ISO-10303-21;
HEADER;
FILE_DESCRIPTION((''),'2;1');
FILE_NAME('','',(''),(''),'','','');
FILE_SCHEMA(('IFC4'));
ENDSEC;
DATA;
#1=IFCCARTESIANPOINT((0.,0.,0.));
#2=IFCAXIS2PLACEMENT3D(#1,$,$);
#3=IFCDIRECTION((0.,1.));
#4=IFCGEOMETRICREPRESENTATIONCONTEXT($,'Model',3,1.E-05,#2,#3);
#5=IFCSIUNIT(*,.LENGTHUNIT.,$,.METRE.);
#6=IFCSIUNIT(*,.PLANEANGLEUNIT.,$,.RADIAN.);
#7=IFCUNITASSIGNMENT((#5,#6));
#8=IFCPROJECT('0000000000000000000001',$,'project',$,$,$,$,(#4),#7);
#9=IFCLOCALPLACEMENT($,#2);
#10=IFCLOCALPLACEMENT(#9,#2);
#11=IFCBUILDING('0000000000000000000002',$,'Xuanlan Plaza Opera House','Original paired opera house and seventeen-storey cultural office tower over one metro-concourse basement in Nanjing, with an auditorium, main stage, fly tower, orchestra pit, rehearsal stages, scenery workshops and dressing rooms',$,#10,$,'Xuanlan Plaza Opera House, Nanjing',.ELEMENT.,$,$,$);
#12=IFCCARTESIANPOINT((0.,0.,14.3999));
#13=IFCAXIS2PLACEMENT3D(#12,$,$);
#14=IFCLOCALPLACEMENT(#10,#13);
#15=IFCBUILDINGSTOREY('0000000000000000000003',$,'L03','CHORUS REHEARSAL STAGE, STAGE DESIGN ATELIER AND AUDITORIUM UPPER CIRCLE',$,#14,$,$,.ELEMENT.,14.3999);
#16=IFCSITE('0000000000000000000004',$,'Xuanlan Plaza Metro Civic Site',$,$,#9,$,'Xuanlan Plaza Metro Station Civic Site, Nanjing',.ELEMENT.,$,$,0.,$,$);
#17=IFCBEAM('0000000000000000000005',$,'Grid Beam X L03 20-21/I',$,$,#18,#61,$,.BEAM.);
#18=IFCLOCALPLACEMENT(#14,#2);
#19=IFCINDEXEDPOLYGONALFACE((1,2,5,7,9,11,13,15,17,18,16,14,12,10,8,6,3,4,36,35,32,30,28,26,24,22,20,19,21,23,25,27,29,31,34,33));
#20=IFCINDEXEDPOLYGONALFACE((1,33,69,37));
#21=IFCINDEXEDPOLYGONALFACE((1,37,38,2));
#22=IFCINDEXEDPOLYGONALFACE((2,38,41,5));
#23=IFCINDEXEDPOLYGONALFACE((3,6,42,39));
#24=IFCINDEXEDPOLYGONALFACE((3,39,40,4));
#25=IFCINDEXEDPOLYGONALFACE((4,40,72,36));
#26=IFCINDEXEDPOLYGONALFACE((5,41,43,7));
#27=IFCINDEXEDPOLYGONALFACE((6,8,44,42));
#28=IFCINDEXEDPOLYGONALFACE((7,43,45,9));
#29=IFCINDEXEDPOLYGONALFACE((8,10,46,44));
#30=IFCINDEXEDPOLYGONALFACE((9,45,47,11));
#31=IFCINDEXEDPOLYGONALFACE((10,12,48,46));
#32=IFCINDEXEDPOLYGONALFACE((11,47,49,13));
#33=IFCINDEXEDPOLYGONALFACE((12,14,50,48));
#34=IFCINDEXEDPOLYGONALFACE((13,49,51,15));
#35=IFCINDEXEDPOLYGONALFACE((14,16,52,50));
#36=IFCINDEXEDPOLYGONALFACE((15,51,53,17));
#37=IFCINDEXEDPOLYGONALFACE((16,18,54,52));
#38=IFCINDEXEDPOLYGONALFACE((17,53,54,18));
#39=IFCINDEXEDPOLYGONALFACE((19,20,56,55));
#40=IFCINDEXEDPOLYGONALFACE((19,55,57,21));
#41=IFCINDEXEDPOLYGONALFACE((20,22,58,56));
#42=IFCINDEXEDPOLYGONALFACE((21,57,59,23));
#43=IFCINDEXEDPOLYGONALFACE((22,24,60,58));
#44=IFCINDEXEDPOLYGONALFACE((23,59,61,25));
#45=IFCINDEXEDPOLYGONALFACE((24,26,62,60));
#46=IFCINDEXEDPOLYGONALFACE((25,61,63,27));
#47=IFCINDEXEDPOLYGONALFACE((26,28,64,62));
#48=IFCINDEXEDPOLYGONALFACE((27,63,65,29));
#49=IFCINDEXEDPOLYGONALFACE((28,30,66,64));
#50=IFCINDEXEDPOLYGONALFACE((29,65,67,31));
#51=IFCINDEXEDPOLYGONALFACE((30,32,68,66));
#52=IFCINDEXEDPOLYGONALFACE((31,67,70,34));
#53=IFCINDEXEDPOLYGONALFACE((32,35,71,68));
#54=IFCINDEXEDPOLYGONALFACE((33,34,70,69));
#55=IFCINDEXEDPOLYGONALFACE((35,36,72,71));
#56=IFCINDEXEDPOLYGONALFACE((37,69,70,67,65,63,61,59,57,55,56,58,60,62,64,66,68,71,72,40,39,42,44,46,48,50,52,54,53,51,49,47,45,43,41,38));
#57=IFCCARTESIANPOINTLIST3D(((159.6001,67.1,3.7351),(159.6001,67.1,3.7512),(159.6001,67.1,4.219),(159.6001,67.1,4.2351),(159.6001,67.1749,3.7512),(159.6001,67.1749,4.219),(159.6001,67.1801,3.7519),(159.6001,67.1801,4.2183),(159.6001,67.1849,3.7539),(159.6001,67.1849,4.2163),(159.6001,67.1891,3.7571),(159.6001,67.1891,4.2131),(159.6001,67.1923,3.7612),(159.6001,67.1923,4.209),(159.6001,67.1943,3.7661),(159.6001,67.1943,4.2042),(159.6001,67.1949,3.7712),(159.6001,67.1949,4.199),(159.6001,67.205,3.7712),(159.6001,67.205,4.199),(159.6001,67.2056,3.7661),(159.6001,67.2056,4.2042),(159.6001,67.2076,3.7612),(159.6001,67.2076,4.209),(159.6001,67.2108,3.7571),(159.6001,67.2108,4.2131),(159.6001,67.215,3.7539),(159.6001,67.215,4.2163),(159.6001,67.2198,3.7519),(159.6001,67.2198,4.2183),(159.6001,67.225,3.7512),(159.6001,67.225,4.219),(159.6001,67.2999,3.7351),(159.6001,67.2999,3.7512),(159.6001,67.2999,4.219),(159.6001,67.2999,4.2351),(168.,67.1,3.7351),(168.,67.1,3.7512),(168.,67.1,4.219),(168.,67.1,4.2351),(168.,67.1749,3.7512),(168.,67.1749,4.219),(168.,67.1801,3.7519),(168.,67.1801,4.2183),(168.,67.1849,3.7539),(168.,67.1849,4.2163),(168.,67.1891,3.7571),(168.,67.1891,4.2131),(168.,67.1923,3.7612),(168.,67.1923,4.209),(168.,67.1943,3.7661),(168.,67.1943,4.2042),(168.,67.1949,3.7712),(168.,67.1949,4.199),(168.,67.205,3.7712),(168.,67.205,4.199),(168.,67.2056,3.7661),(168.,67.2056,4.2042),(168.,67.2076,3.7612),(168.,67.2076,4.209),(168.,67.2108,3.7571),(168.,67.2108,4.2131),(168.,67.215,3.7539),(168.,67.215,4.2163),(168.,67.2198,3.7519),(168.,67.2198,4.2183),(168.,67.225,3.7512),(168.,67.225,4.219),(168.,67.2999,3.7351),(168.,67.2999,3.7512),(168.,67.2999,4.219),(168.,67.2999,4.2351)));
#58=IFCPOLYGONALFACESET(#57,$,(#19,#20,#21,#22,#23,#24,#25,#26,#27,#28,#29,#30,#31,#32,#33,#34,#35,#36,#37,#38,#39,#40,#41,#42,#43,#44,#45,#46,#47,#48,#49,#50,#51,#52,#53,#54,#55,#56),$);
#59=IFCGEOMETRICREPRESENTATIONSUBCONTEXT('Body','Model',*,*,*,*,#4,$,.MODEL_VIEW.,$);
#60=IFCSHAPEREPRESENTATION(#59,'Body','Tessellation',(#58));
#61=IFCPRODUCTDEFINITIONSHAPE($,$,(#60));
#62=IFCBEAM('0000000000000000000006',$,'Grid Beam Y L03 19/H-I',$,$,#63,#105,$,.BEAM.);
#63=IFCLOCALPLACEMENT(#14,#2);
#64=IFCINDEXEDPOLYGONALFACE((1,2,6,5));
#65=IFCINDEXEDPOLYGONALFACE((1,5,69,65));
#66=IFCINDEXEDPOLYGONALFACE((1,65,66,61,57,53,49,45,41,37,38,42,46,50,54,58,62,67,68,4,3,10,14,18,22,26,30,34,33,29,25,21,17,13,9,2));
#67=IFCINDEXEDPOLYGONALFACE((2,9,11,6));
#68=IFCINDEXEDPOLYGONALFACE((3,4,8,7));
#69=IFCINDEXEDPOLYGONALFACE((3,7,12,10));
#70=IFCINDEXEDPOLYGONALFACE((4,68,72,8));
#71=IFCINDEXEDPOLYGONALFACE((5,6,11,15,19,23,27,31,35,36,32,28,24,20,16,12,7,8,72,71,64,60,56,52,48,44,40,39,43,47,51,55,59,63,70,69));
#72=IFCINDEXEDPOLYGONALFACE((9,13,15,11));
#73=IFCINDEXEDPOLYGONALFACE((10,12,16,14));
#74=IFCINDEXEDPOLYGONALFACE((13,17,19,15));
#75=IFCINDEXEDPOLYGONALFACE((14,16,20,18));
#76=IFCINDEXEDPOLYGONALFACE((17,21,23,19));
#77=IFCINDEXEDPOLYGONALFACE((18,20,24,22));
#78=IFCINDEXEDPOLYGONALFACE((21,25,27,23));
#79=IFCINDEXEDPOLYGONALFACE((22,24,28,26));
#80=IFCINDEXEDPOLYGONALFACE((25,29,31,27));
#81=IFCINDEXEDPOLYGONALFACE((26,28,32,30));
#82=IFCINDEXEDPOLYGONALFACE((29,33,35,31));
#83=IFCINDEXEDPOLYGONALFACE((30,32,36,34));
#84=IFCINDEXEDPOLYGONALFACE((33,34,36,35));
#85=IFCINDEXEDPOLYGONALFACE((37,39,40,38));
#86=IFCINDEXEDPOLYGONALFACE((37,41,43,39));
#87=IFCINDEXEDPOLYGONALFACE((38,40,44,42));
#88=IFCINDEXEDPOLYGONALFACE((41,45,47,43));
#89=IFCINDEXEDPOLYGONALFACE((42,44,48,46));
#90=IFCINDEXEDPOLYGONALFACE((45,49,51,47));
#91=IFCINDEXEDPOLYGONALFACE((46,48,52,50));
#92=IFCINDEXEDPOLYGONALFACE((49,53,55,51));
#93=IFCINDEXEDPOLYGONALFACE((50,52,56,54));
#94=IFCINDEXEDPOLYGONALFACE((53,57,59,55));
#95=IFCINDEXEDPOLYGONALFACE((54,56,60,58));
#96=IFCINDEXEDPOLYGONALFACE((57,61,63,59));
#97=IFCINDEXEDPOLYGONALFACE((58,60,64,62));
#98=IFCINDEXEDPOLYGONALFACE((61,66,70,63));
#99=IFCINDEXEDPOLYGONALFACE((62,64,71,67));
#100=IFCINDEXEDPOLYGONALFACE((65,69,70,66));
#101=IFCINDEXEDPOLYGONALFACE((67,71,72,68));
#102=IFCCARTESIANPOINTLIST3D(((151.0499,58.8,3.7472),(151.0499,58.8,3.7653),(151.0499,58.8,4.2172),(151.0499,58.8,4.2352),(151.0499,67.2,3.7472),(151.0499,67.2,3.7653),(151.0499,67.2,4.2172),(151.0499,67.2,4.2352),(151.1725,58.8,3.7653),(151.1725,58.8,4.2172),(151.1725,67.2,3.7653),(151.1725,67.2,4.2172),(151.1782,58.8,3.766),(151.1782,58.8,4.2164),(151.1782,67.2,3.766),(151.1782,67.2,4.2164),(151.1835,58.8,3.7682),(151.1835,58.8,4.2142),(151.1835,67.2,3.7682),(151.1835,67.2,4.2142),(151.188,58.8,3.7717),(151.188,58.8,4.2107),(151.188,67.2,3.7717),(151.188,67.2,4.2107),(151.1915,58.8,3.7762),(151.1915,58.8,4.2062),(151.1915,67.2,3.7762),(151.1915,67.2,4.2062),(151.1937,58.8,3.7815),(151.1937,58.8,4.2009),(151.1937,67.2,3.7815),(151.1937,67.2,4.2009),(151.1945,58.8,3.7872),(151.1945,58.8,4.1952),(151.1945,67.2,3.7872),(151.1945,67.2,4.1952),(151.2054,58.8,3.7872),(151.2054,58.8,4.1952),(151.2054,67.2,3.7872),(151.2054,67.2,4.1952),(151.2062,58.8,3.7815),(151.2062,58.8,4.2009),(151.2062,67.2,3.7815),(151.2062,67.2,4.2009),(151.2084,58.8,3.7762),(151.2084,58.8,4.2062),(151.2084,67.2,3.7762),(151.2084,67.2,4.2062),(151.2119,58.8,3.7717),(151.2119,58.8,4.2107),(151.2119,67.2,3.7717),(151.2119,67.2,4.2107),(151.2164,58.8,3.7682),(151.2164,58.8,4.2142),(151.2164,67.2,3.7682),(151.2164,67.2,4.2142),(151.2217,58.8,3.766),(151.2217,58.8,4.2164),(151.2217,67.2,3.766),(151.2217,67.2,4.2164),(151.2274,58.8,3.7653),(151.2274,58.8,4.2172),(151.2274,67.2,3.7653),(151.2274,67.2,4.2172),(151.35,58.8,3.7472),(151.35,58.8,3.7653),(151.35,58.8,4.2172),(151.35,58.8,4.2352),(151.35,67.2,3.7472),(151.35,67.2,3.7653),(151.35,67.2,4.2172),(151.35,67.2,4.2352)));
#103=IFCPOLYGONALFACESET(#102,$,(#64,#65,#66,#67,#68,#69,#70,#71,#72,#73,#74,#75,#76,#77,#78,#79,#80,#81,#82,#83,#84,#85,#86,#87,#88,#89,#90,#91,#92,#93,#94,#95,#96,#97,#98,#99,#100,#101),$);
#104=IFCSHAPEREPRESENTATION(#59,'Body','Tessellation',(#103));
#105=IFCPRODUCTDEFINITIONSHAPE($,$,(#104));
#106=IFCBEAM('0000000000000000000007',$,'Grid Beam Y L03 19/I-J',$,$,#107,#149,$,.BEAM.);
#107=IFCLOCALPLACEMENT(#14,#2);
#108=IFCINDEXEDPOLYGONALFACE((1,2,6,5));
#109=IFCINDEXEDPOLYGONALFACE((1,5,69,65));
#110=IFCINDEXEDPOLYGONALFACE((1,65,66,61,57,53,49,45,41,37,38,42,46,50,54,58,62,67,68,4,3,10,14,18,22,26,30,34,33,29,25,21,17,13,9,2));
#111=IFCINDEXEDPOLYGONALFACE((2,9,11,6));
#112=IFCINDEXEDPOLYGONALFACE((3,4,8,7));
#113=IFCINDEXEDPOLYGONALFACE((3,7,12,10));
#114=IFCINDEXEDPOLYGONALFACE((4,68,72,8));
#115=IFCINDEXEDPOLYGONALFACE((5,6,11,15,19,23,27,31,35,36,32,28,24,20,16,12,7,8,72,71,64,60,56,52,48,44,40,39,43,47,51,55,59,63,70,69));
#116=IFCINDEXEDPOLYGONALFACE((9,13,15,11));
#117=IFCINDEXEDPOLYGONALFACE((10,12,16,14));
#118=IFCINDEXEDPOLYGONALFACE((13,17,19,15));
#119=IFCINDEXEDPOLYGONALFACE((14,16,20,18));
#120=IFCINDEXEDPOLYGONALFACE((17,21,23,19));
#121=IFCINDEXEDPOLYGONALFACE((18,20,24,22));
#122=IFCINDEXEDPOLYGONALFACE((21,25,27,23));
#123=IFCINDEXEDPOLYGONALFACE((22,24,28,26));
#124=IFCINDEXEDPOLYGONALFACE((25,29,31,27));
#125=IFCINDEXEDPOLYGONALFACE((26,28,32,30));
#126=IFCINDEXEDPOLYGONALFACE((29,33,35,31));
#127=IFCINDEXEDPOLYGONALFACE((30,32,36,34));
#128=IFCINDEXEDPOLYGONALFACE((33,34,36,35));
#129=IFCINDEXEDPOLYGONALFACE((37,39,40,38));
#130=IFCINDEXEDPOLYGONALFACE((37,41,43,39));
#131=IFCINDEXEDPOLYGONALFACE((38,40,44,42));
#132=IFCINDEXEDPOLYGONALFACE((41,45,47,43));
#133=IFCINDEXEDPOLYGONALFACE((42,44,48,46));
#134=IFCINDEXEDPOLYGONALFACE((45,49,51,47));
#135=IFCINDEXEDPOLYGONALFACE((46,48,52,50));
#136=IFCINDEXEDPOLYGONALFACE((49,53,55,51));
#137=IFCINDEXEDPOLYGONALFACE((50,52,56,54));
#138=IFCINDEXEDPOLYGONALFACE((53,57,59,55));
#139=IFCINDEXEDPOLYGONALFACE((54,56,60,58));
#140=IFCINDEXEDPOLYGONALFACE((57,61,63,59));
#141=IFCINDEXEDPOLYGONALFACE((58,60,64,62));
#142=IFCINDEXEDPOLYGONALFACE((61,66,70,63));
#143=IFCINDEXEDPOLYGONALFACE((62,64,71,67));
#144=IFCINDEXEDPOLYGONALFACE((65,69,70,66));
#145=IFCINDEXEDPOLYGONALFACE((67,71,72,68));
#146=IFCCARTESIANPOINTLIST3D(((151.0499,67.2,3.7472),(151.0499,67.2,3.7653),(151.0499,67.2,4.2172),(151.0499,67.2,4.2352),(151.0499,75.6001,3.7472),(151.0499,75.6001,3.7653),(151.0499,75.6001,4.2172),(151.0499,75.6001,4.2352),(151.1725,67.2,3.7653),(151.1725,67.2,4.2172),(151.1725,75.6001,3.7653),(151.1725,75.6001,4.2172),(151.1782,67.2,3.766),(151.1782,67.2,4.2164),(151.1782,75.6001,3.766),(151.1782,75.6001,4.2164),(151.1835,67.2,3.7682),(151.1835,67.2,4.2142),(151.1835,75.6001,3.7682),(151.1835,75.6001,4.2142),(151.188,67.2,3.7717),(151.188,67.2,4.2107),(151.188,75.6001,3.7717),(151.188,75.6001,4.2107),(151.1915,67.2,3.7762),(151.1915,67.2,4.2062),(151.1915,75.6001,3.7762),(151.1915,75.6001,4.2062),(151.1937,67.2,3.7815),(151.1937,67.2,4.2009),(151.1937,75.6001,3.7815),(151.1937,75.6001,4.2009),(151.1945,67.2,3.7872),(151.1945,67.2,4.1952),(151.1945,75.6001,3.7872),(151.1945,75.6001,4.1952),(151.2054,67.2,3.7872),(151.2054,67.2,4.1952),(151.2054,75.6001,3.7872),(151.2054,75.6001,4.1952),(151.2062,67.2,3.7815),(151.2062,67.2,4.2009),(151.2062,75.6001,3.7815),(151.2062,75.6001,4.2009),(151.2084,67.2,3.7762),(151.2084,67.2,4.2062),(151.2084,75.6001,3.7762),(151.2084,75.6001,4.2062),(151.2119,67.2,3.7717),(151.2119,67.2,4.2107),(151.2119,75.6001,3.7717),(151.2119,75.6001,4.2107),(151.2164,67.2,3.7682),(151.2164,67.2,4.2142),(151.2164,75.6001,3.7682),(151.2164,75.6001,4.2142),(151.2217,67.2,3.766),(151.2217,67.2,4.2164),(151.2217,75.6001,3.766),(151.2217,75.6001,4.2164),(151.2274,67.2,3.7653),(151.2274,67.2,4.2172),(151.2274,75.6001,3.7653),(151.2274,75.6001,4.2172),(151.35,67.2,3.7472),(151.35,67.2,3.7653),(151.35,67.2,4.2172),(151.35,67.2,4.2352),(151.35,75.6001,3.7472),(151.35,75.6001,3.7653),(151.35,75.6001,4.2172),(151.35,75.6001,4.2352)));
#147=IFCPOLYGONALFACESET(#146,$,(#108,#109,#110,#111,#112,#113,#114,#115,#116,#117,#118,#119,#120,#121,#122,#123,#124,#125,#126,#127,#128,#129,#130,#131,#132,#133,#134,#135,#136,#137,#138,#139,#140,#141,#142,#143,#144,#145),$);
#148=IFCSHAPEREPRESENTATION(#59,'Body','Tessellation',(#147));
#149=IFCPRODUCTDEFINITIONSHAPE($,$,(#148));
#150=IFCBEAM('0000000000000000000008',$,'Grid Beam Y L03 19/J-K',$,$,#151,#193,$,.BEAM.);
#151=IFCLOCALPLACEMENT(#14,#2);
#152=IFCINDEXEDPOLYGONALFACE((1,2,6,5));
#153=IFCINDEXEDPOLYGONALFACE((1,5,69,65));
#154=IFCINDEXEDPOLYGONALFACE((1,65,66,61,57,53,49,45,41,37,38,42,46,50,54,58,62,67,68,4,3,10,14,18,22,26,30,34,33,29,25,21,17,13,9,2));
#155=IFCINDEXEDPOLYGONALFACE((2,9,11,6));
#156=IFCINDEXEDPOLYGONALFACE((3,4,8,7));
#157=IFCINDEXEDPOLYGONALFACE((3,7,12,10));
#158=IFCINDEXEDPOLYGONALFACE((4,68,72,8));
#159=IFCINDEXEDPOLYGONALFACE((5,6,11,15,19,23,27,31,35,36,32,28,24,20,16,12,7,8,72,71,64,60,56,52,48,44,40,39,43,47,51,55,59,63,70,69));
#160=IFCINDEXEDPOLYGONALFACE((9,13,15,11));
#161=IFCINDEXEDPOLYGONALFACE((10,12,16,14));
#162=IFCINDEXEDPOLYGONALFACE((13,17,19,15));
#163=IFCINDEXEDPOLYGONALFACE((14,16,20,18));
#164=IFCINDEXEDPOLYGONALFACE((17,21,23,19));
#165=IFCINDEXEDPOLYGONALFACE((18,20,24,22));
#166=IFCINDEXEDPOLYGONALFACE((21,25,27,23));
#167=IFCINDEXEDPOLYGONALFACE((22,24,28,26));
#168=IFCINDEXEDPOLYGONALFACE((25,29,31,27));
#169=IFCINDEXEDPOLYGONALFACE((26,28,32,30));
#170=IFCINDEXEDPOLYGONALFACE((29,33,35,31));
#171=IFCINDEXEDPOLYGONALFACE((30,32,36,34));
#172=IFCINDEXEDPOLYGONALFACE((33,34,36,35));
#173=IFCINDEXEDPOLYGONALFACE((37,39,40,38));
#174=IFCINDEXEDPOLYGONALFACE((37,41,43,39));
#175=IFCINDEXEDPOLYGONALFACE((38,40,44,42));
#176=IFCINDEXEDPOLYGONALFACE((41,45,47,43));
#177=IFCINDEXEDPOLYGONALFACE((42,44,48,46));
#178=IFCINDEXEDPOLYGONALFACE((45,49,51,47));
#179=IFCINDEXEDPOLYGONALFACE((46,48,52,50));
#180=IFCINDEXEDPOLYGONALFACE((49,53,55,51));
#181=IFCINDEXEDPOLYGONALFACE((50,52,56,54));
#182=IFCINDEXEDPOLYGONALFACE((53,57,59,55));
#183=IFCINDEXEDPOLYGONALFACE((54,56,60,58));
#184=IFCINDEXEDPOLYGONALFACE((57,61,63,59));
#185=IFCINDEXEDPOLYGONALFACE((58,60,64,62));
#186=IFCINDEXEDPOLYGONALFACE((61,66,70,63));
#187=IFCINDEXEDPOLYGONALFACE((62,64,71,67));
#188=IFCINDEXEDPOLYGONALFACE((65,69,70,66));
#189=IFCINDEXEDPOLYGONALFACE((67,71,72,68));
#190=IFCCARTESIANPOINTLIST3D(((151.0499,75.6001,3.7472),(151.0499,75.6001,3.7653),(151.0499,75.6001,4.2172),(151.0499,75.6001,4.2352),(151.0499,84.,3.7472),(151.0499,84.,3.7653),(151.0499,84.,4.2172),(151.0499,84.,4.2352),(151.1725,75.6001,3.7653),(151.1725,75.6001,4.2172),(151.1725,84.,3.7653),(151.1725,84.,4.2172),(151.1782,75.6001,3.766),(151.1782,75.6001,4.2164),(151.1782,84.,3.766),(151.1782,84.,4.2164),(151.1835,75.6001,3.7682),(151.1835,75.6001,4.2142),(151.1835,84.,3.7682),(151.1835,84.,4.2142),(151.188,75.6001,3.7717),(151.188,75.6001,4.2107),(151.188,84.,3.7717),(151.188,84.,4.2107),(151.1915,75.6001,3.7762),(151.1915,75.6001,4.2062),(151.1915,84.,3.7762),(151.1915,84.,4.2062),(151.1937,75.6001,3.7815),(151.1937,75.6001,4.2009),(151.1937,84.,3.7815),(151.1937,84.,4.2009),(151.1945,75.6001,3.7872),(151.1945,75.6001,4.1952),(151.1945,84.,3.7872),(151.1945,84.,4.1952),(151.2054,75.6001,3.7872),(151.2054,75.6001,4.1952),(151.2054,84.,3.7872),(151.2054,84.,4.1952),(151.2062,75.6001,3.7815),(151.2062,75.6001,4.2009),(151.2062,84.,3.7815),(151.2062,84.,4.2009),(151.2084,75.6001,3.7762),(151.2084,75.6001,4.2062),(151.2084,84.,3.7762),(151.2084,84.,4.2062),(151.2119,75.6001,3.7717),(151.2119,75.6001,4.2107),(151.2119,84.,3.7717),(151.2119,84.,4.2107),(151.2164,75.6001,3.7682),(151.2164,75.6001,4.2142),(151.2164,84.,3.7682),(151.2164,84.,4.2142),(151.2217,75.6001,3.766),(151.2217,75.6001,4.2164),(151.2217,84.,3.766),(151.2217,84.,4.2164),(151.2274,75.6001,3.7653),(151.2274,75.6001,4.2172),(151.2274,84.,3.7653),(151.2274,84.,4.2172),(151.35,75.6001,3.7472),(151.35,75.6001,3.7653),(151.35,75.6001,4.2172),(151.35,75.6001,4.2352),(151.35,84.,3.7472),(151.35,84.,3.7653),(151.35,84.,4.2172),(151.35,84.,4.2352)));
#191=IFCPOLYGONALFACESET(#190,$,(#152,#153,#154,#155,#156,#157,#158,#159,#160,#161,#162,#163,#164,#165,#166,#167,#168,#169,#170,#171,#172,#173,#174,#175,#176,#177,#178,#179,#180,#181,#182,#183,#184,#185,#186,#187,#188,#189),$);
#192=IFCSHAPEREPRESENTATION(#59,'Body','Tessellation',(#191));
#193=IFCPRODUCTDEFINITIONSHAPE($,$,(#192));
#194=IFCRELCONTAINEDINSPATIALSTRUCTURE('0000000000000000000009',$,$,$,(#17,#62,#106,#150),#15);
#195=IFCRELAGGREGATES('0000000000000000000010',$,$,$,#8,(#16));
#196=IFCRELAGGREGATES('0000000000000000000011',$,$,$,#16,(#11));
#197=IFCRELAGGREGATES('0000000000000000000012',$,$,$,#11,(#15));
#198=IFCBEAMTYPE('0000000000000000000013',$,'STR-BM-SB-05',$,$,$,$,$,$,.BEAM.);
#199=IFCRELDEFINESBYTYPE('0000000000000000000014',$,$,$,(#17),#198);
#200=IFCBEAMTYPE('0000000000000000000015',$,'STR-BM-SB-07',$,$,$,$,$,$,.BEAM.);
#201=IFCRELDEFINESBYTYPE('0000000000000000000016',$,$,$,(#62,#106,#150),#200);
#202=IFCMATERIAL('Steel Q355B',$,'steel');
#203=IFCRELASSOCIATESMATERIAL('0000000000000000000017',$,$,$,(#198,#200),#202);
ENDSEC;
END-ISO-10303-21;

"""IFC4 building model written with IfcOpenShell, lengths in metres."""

from ifc_helpers import new_model, si_unit, direction, frame, origin, origin_2d, place, context, subcontext, project, spatial, i_section, extrude, material, material_profile, profile_set, type_object, element, save


model = new_model("IFC4")

# Units and contexts
model_context = context("Model", 3, precision=1e-05, world=origin(), true_north=direction((0.0, 1.0)))
body_context = subcontext(model_context, "Body", "Model", "MODEL_VIEW")
ifc_project = project(units=[si_unit("LENGTHUNIT", "METRE"), si_unit("PLANEANGLEUNIT", "RADIAN")], contexts=[model_context])

# Site, building, storey
site_placement = place(None, origin())
site = spatial("IfcSite", under=ifc_project, at=site_placement, Name="Xuanlan Plaza Metro Civic Site", LongName="Xuanlan Plaza Metro Station Civic Site, Nanjing", CompositionType="ELEMENT", RefElevation=0.0)
building_placement = place(site_placement, origin())
building = spatial("IfcBuilding", under=site, at=building_placement, Name="Xuanlan Plaza Opera House", Description="Original paired opera house and seventeen-storey cultural office tower over one metro-concourse basement in Nanjing, with an auditorium, main stage, fly tower, orchestra pit, rehearsal stages, scenery workshops and dressing rooms", LongName="Xuanlan Plaza Opera House, Nanjing", CompositionType="ELEMENT")
storey_placement = place(building_placement, frame((0.0, 0.0, 14.3999)))
storey = spatial("IfcBuildingStorey", under=building, at=storey_placement, Name="L03", Description="CHORUS REHEARSAL STAGE, STAGE DESIGN ATELIER AND AUDITORIUM UPPER CIRCLE", CompositionType="ELEMENT", Elevation=14.3999)

# Shared definitions
ifc_material_1 = material(Name="Steel Q355B", Category="steel")

# Beams
ifc_material_profile_1 = material_profile(ifc_material_1, i_section(OverallWidth=0.2, OverallDepth=0.5, WebThickness=0.01, FlangeThickness=0.0161, FilletRadius=0.02, at=origin_2d()), Name="HN 500x200x10x16")
ifc_profile_set_1 = profile_set([ifc_material_profile_1], Name="Steel Q355B")
beam_type_1 = type_object("IfcBeamType", Name="STR-BM-SB-05", PredefinedType="BEAM", material=ifc_profile_set_1)
beam_1_placement = place(storey_placement, frame((159.6001, 67.2, 3.9851), z_axis=(1.0, 0.0, 0.0), x_axis=(0.0, 1.0, 0.0)))
element("IfcBeam", 1, at=beam_1_placement, inside=storey, type_object=beam_type_1, Name="Grid Beam X L03 20-21/I", PredefinedType="BEAM", context=body_context, shape_type="SweptSolid", body=[
    extrude(i_section(OverallWidth=0.2, OverallDepth=0.5, WebThickness=0.01, FlangeThickness=0.0161, FilletRadius=0.02, at=origin_2d()), origin(), (0.0, 0.0, 1.0), 8.3999),
])
ifc_material_profile_2 = material_profile(ifc_material_1, i_section(OverallWidth=0.3, OverallDepth=0.488, WebThickness=0.011, FlangeThickness=0.0181, FilletRadius=0.022, at=origin_2d()), Name="HM 488x300x11x18")
ifc_profile_set_2 = profile_set([ifc_material_profile_2], Name="Steel Q355B")
beam_type_2 = type_object("IfcBeamType", Name="STR-BM-SB-07", PredefinedType="BEAM", material=ifc_profile_set_2)
beam_2_placement = place(storey_placement, frame((151.2, 58.8, 3.9912), z_axis=(0.0, 1.0, 0.0), x_axis=(-1.0, 0.0, 0.0)))
element("IfcBeam", 2, at=beam_2_placement, inside=storey, type_object=beam_type_2, Name="Grid Beam Y L03 19/H-I", PredefinedType="BEAM", context=body_context, shape_type="SweptSolid", body=[
    extrude(i_section(OverallWidth=0.3, OverallDepth=0.488, WebThickness=0.011, FlangeThickness=0.0181, FilletRadius=0.022, at=origin_2d()), origin(), (0.0, 0.0, 1.0), 8.3999),
])
beam_3_placement = place(storey_placement, frame((151.2, 67.2, 3.9912), z_axis=(0.0, 1.0, 0.0), x_axis=(-1.0, 0.0, 0.0)))
element("IfcBeam", 3, at=beam_3_placement, inside=storey, type_object=beam_type_2, Name="Grid Beam Y L03 19/I-J", PredefinedType="BEAM", context=body_context, shape_type="SweptSolid", body=[
    extrude(i_section(OverallWidth=0.3, OverallDepth=0.488, WebThickness=0.011, FlangeThickness=0.0181, FilletRadius=0.022, at=origin_2d()), origin(), (0.0, 0.0, 1.0), 8.4001),
])
beam_4_placement = place(storey_placement, frame((151.2, 75.6001, 3.9912), z_axis=(0.0, 1.0, 0.0), x_axis=(-1.0, 0.0, 0.0)))
element("IfcBeam", 4, at=beam_4_placement, inside=storey, type_object=beam_type_2, Name="Grid Beam Y L03 19/J-K", PredefinedType="BEAM", context=body_context, shape_type="SweptSolid", body=[
    extrude(i_section(OverallWidth=0.3, OverallDepth=0.488, WebThickness=0.011, FlangeThickness=0.0181, FilletRadius=0.022, at=origin_2d()), origin(), (0.0, 0.0, 1.0), 8.3999),
])

save(model, "model.ifc")
